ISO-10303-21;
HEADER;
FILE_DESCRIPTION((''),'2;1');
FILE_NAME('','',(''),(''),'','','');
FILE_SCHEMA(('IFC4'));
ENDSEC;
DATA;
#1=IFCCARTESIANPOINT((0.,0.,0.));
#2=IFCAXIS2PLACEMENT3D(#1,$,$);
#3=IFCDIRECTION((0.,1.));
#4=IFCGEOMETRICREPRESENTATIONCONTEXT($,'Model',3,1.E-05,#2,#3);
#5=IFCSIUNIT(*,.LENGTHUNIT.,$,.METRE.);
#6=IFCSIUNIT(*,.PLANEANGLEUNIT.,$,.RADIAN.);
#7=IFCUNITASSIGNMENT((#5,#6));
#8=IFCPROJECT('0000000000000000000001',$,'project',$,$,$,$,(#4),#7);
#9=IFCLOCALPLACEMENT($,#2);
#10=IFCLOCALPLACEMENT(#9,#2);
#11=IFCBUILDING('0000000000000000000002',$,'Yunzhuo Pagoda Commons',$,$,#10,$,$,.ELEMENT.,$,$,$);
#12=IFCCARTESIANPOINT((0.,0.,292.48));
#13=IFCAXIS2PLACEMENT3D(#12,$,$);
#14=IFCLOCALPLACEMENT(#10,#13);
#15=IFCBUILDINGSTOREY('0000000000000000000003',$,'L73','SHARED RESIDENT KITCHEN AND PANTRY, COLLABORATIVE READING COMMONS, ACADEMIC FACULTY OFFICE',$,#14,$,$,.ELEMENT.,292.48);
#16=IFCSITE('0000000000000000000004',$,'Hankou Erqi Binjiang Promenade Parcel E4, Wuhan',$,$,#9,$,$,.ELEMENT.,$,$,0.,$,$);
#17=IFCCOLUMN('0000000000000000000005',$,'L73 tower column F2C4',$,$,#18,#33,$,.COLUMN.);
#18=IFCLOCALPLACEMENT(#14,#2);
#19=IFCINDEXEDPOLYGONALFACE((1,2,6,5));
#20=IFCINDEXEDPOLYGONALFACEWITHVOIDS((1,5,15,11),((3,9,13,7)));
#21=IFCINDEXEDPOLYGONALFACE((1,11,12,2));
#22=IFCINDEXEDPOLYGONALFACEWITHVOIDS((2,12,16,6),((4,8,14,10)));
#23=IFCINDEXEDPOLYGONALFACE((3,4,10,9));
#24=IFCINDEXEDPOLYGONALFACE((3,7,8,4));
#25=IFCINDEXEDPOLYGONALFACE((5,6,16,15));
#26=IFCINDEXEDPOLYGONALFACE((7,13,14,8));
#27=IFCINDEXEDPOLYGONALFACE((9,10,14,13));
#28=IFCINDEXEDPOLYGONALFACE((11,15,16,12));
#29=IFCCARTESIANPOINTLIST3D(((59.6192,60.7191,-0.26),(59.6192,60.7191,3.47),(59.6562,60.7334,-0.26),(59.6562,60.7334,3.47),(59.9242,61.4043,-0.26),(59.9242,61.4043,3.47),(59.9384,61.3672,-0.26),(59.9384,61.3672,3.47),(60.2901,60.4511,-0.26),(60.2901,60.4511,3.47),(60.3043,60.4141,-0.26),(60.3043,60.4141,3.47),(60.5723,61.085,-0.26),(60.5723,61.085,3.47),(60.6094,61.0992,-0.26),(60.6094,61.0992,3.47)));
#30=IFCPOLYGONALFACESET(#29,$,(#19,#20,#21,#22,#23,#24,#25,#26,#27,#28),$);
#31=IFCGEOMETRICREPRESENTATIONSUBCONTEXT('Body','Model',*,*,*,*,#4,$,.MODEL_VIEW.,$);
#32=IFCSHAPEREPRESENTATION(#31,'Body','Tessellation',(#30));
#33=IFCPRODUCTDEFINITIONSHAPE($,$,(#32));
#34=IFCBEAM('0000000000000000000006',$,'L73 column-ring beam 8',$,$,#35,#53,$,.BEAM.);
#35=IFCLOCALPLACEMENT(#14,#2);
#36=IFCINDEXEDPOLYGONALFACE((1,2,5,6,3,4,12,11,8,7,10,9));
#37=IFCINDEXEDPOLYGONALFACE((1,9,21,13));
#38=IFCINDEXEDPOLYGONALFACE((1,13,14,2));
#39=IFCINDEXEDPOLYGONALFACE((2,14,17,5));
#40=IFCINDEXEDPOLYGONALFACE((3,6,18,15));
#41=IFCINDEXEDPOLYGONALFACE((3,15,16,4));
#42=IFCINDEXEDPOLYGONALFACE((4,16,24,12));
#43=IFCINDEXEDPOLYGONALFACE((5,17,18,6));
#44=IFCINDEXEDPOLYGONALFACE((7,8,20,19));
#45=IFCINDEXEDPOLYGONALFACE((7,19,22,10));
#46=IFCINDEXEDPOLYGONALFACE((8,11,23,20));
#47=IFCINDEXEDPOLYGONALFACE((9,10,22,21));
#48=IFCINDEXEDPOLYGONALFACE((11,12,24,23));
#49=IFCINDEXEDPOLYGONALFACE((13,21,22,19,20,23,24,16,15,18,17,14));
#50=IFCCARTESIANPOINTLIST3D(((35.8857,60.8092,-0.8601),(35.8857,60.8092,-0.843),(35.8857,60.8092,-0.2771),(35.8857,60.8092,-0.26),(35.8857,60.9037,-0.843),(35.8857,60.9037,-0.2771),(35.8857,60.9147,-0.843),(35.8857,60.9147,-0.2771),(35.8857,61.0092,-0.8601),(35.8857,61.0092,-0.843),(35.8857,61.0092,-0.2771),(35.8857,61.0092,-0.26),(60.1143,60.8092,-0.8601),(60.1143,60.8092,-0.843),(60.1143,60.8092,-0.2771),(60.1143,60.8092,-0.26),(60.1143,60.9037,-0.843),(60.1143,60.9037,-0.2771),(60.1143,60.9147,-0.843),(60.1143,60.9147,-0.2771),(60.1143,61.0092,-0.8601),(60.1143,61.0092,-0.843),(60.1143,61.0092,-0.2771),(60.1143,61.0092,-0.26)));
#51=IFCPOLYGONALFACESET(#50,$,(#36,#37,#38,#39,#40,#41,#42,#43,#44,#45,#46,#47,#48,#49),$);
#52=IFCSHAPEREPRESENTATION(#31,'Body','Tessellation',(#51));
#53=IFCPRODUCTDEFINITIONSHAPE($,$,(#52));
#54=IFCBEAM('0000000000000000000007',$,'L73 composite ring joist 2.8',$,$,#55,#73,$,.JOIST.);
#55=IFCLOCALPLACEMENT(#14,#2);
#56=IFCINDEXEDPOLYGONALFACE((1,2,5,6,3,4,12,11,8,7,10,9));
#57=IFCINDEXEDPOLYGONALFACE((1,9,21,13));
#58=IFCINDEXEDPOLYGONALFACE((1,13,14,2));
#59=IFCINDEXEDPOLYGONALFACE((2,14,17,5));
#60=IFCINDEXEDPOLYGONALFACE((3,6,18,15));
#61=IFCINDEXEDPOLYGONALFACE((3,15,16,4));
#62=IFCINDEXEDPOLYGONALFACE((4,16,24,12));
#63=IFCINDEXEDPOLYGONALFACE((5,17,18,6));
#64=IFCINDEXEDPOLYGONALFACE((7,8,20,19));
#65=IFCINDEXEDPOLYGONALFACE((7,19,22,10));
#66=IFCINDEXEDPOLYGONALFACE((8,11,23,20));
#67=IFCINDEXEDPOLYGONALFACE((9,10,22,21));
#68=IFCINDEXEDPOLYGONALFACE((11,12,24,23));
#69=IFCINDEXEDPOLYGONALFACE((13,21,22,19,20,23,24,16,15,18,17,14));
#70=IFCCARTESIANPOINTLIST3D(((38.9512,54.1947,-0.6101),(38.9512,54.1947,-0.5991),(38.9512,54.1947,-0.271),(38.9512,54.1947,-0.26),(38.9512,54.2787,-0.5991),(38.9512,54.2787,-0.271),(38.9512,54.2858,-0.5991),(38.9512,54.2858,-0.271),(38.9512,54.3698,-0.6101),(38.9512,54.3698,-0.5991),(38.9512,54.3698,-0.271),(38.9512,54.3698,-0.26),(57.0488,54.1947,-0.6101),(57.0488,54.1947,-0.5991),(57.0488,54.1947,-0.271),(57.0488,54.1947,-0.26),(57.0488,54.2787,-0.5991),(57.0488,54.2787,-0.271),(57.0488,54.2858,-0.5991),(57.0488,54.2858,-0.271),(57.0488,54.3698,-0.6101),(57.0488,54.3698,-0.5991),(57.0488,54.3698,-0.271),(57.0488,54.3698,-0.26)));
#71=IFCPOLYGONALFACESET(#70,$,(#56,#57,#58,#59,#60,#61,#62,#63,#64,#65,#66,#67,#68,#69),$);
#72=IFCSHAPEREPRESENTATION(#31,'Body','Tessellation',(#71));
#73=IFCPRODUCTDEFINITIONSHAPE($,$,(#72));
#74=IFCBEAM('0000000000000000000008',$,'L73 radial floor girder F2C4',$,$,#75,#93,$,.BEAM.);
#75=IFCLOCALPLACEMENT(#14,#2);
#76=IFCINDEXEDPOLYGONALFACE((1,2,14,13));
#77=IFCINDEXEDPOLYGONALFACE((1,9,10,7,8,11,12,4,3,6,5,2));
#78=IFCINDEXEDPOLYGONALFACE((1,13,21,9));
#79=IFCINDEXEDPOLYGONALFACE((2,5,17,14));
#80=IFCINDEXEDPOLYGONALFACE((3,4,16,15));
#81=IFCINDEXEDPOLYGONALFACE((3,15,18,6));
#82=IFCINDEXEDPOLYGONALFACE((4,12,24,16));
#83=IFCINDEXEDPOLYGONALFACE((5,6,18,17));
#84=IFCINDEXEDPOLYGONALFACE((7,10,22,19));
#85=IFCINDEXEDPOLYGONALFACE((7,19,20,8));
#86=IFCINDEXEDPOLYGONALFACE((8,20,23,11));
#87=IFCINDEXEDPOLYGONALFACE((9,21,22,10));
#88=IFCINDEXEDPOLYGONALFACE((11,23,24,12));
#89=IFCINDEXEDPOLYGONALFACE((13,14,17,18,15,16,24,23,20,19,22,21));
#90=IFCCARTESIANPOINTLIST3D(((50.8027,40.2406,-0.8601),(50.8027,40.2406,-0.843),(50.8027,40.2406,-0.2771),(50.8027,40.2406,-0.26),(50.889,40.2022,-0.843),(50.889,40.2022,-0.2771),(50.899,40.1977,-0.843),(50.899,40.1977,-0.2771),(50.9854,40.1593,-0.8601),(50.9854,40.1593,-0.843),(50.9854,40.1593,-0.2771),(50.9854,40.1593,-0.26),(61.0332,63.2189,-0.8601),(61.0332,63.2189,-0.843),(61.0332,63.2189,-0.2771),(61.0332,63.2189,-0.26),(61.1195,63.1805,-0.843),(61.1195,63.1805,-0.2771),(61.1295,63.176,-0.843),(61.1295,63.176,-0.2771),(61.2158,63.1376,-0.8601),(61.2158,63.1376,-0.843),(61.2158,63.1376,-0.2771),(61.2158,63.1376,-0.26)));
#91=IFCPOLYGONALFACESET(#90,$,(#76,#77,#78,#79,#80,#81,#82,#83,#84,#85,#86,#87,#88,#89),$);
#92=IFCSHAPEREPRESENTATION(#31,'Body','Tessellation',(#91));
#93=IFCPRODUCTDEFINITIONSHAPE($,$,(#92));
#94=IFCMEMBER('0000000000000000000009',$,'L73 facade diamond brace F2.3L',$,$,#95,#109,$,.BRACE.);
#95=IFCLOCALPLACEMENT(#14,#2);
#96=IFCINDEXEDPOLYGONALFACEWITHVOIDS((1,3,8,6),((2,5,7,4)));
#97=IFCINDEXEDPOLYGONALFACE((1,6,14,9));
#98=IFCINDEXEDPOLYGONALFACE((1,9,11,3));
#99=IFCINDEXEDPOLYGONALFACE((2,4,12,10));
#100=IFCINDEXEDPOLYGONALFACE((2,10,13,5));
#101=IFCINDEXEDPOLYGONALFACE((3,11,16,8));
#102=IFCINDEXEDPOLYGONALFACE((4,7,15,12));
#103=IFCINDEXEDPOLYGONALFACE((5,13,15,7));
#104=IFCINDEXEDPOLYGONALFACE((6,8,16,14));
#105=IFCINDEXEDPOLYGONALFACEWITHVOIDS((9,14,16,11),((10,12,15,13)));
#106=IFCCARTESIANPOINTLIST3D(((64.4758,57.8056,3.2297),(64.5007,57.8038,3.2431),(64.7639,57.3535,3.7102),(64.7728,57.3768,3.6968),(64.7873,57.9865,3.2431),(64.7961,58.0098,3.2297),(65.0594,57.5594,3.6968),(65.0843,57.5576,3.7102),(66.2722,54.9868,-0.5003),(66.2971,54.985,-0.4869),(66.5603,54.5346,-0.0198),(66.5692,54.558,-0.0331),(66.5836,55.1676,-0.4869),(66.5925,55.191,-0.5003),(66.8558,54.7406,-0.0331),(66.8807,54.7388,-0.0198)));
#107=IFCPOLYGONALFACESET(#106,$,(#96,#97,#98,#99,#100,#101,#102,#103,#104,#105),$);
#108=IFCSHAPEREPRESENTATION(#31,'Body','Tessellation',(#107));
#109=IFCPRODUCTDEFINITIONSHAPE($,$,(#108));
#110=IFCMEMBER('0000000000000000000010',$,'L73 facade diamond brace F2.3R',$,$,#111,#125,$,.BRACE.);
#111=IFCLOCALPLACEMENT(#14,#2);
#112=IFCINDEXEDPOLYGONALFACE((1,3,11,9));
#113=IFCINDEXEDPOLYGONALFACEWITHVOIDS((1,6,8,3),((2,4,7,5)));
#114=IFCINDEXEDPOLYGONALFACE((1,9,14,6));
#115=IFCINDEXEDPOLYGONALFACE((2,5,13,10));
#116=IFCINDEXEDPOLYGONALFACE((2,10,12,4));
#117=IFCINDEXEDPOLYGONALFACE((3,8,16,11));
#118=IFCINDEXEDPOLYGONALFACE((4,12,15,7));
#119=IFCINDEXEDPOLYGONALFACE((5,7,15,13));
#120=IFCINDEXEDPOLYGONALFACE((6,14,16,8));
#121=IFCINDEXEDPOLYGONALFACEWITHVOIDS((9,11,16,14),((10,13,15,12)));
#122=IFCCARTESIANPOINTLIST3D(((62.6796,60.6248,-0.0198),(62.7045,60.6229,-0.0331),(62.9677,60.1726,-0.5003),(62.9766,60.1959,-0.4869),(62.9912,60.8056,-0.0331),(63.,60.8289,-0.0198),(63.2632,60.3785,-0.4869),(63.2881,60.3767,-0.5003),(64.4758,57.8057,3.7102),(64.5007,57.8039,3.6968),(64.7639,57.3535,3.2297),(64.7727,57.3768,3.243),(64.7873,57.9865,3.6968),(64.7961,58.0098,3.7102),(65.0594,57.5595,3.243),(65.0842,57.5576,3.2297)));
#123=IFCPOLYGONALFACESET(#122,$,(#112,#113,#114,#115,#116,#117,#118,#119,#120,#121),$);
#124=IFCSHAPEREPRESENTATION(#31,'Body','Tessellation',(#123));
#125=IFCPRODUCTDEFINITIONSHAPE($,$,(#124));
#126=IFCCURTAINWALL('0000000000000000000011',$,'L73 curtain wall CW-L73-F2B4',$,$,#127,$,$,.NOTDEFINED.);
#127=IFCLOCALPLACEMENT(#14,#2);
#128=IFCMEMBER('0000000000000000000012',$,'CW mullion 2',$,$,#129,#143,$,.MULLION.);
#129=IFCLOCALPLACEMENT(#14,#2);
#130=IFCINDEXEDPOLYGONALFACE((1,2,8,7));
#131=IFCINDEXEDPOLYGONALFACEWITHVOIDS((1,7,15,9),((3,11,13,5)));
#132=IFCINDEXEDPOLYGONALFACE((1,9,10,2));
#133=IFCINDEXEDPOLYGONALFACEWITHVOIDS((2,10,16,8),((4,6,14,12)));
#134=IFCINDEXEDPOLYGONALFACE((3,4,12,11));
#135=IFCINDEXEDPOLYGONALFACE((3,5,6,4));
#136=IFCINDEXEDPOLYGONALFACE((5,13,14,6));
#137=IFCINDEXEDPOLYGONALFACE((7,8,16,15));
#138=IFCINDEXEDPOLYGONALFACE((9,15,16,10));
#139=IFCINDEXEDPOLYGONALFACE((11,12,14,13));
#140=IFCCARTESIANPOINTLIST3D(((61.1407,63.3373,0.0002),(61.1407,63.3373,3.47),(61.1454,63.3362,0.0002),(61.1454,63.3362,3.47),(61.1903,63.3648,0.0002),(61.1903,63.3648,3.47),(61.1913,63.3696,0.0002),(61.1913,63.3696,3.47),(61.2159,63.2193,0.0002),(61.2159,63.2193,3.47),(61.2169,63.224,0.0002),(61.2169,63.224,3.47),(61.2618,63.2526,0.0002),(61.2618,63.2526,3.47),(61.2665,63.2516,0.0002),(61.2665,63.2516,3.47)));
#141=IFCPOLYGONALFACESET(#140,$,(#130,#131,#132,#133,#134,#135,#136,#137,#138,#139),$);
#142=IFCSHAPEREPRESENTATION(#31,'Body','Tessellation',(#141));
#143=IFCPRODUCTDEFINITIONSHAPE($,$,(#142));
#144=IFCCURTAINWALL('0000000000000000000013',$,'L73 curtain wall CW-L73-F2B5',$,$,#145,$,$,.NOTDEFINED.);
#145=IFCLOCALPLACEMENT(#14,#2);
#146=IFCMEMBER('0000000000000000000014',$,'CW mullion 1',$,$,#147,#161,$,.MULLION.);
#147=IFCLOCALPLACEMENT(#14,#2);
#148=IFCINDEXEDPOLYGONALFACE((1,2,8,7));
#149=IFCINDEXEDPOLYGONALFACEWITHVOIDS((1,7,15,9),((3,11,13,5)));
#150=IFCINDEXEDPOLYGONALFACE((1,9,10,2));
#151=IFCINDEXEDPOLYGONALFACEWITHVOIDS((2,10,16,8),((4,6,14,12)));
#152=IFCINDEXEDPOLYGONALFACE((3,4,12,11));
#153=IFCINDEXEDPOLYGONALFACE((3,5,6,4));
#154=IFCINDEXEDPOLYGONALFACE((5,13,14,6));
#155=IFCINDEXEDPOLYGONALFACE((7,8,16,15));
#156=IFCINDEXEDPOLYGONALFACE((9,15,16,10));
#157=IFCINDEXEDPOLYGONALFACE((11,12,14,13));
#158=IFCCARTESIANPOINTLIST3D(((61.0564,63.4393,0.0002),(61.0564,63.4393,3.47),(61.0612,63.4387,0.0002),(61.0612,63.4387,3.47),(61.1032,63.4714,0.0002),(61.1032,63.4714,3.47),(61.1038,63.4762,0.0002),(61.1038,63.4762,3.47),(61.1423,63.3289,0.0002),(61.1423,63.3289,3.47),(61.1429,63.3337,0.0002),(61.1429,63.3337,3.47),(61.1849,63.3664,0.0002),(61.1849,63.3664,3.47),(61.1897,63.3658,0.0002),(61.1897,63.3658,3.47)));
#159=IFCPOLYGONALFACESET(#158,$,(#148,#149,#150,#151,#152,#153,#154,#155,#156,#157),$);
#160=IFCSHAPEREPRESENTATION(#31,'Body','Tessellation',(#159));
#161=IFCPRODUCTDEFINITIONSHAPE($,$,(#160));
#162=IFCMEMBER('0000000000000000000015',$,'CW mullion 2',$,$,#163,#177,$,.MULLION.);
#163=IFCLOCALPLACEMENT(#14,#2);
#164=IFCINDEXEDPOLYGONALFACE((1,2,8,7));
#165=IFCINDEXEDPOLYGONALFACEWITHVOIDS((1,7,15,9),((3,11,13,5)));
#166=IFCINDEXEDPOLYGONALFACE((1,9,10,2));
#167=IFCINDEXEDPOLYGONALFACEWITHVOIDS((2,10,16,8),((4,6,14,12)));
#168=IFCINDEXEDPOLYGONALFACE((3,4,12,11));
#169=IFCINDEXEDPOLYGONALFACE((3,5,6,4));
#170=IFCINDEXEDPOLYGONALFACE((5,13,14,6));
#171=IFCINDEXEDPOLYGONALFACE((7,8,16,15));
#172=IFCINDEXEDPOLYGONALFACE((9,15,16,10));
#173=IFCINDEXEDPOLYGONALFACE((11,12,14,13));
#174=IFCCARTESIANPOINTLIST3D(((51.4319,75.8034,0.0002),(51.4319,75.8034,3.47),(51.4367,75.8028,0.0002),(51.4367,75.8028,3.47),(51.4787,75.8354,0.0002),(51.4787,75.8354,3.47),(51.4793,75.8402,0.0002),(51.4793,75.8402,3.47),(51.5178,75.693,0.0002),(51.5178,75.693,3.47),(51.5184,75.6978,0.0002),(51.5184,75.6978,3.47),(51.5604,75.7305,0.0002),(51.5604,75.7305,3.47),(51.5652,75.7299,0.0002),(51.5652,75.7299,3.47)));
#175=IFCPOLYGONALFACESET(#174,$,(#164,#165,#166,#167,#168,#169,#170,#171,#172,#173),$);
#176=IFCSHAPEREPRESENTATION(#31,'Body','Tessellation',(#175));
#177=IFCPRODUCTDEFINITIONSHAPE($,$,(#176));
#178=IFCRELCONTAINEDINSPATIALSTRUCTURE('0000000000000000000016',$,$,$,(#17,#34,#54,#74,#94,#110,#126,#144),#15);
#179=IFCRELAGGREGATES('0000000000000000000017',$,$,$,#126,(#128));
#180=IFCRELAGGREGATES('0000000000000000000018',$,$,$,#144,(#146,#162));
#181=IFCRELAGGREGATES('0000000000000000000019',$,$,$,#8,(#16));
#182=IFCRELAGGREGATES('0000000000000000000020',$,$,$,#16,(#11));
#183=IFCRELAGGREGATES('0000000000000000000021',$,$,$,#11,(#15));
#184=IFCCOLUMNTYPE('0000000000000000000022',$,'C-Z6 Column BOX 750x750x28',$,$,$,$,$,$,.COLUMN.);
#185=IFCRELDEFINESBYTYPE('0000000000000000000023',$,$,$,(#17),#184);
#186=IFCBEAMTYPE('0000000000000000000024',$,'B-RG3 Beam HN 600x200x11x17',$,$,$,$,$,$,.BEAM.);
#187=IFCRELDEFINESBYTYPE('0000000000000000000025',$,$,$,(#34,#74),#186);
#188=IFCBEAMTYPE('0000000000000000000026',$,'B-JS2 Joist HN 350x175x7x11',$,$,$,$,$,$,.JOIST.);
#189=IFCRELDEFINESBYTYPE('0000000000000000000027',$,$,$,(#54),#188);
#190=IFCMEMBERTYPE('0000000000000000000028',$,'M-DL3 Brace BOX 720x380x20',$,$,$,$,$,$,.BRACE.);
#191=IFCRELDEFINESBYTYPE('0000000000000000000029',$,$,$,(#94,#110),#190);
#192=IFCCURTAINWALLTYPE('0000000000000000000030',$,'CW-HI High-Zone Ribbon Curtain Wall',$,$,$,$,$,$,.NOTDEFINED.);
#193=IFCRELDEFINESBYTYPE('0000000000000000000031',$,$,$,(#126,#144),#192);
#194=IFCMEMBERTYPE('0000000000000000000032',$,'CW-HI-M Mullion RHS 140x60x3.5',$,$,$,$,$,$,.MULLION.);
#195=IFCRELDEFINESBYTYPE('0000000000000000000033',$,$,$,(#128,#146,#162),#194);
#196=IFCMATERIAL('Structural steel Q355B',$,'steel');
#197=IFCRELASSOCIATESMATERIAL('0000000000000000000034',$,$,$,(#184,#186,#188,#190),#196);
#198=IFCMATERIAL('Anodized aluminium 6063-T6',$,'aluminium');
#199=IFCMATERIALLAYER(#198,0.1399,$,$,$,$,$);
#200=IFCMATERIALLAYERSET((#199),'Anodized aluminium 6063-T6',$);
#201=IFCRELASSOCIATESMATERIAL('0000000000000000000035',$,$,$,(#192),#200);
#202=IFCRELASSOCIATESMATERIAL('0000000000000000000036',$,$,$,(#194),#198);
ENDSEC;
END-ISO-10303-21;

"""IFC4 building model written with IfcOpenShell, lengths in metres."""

from ifc_helpers import new_model, si_unit, direction, frame, origin, origin_2d, place, context, subcontext, project, spatial, hollow_rectangle, i_section, extrude, source, transform, mapped, material, layer, layer_set, material_profile, profile_set, type_object, element, aggregate, save


model = new_model("IFC4")

# Units and contexts
model_context = context("Model", 3, precision=1e-05, world=origin(), true_north=direction((0.0, 1.0)))
body_context = subcontext(model_context, "Body", "Model", "MODEL_VIEW")
ifc_project = project(units=[si_unit("LENGTHUNIT", "METRE"), si_unit("PLANEANGLEUNIT", "RADIAN")], contexts=[model_context])

# Site, building, storey
site_placement = place(None, origin())
site = spatial("IfcSite", under=ifc_project, at=site_placement, Name="Hankou Erqi Binjiang Promenade Parcel E4, Wuhan", CompositionType="ELEMENT", RefElevation=0.0)
building_placement = place(site_placement, origin())
building = spatial("IfcBuilding", under=site, at=building_placement, Name="Yunzhuo Pagoda Commons", CompositionType="ELEMENT")
storey_placement = place(building_placement, frame((0.0, 0.0, 292.48)))
storey = spatial("IfcBuildingStorey", under=building, at=storey_placement, Name="L73", Description="SHARED RESIDENT KITCHEN AND PANTRY, COLLABORATIVE READING COMMONS, ACADEMIC FACULTY OFFICE", CompositionType="ELEMENT", Elevation=292.48)

# Column
ifc_material_1 = material(Name="Structural steel Q355B", Category="steel")
ifc_material_profile_1 = material_profile(ifc_material_1, hollow_rectangle(XDim=0.75, YDim=0.75, WallThickness=0.0281, at=origin_2d()), Name="Structural steel Q355B")
ifc_profile_set_1 = profile_set([ifc_material_profile_1], Name="Structural steel Q355B")
column_type = type_object("IfcColumnType", Name="C-Z6 Column BOX 750x750x28", PredefinedType="COLUMN", material=ifc_profile_set_1)
shared_shape_1 = source(origin(), body_context, "Body", "SweptSolid", [
    extrude(hollow_rectangle(XDim=0.75, YDim=0.75, WallThickness=0.0281, at=origin_2d()), origin(), (0.0, 0.0, 1.0), 3.73),
])
column_placement = place(storey_placement, frame((60.1143, 60.9092, -0.26), z_axis=(0.0, 0.0, 1.0), x_axis=(-0.913545, 0.406737, 0.0)))
element("IfcColumn", 1, at=column_placement, inside=storey, type_object=column_type, Name="L73 tower column F2C4", PredefinedType="COLUMN", context=body_context, shape_type="MappedRepresentation", body=[
    mapped(shared_shape_1, transform((0.0, 0.0, 0.0), scale=1.0)),
])

# Beams
ifc_material_profile_2 = material_profile(ifc_material_1, i_section(OverallWidth=0.2, OverallDepth=0.6001, WebThickness=0.011, FlangeThickness=0.0171, at=origin_2d()), Name="Structural steel Q355B")
ifc_profile_set_2 = profile_set([ifc_material_profile_2], Name="Structural steel Q355B")
beam_type_1 = type_object("IfcBeamType", Name="B-RG3 Beam HN 600x200x11x17", PredefinedType="BEAM", material=ifc_profile_set_2)
shared_shape_2 = source(origin(), body_context, "Body", "SweptSolid", [
    extrude(i_section(OverallWidth=0.2, OverallDepth=0.6001, WebThickness=0.011, FlangeThickness=0.0171, at=origin_2d()), origin(), (0.0, 0.0, 1.0), 24.2285),
])
beam_1_placement = place(storey_placement, frame((60.1143, 60.9092, -0.5601), z_axis=(-1.0, 0.0, 0.0), x_axis=(0.0, -1.0, 0.0)))
element("IfcBeam", 2, at=beam_1_placement, inside=storey, type_object=beam_type_1, Name="L73 column-ring beam 8", PredefinedType="BEAM", context=body_context, shape_type="MappedRepresentation", body=[
    mapped(shared_shape_2, transform((0.0, 0.0, 0.0), scale=1.0)),
])
ifc_material_profile_3 = material_profile(ifc_material_1, i_section(OverallWidth=0.175, OverallDepth=0.3501, WebThickness=0.0071, FlangeThickness=0.011, at=origin_2d()), Name="Structural steel Q355B")
ifc_profile_set_3 = profile_set([ifc_material_profile_3], Name="Structural steel Q355B")
beam_type_2 = type_object("IfcBeamType", Name="B-JS2 Joist HN 350x175x7x11", PredefinedType="JOIST", material=ifc_profile_set_3)
shared_shape_3 = source(origin(), body_context, "Body", "SweptSolid", [
    extrude(i_section(OverallWidth=0.175, OverallDepth=0.3501, WebThickness=0.0071, FlangeThickness=0.011, at=origin_2d()), origin(), (0.0, 0.0, 1.0), 18.0977),
])
beam_2_placement = place(storey_placement, frame((57.0488, 54.2822, -0.4351), z_axis=(-1.0, 0.0, 0.0), x_axis=(0.0, -1.0, 0.0)))
element("IfcBeam", 3, at=beam_2_placement, inside=storey, type_object=beam_type_2, Name="L73 composite ring joist 2.8", PredefinedType="JOIST", context=body_context, shape_type="MappedRepresentation", body=[
    mapped(shared_shape_3, transform((0.0, 0.0, 0.0), scale=1.0)),
])
shared_shape_4 = source(origin(), body_context, "Body", "SweptSolid", [
    extrude(i_section(OverallWidth=0.2, OverallDepth=0.6001, WebThickness=0.011, FlangeThickness=0.0171, at=origin_2d()), origin(), (0.0, 0.0, 1.0), 25.1528),
])
beam_3_placement = place(storey_placement, frame((61.1245, 63.1782, -0.5601), z_axis=(-0.406733, -0.913547, 0.0), x_axis=(0.913547, -0.406733, 0.0)))
element("IfcBeam", 4, at=beam_3_placement, inside=storey, type_object=beam_type_1, Name="L73 radial floor girder F2C4", PredefinedType="BEAM", context=body_context, shape_type="MappedRepresentation", body=[
    mapped(shared_shape_4, transform((0.0, 0.0, 0.0), scale=1.0)),
])

# Members
ifc_material_profile_4 = material_profile(ifc_material_1, hollow_rectangle(XDim=0.3799, YDim=0.72, WallThickness=0.02, at=origin_2d()), Name="Structural steel Q355B")
ifc_profile_set_4 = profile_set([ifc_material_profile_4], Name="Structural steel Q355B")
member_type_1 = type_object("IfcMemberType", Name="M-DL3 Brace BOX 720x380x20", PredefinedType="BRACE", material=ifc_profile_set_4)
shared_shape_5 = source(origin(), body_context, "Body", "SweptSolid", [
    extrude(hollow_rectangle(XDim=0.3799, YDim=0.72, WallThickness=0.02, at=origin_2d()), origin(), (0.0, 0.0, 1.0), 5.0085),
])
for number, where, z_axis, x_axis, name in (
    (5, (66.5764, 54.8628, -0.26), (-0.358663, 0.562806, 0.744721), (-0.843312, -0.537424, 0.0), "L73 facade diamond brace F2.3L"),
    (6, (62.9839, 60.5007, -0.26), (0.358611, -0.562849, 0.744714), (0.843367, 0.537339, 0.0), "L73 facade diamond brace F2.3R"),
):
    element("IfcMember", number, at=place(storey_placement, frame(where, z_axis=z_axis, x_axis=x_axis)), inside=storey, type_object=member_type_1, Name=name, PredefinedType="BRACE", context=body_context, shape_type="MappedRepresentation", body=[
        mapped(shared_shape_5, transform((0.0, 0.0, 0.0), scale=1.0)),
    ])

# Curtain wall, member
ifc_material_2 = material(Name="Anodized aluminium 6063-T6", Category="aluminium")
ifc_layer_1 = layer(ifc_material_2, 0.1399)
ifc_layer_set_1 = layer_set([ifc_layer_1], Name="Anodized aluminium 6063-T6")
curtain_wall_type = type_object("IfcCurtainWallType", Name="CW-HI High-Zone Ribbon Curtain Wall", PredefinedType="NOTDEFINED", material=ifc_layer_set_1)
curtain_wall_1_placement = place(storey_placement, origin())
curtain_wall_1 = element("IfcCurtainWall", 7, at=curtain_wall_1_placement, inside=storey, type_object=curtain_wall_type, Name="L73 curtain wall CW-L73-F2B4", PredefinedType="NOTDEFINED")
ifc_material_profile_5 = material_profile(ifc_material_2, hollow_rectangle(XDim=0.0601, YDim=0.1399, WallThickness=0.0034, at=origin_2d()), Name="Anodized aluminium 6063-T6")
ifc_profile_set_5 = profile_set([ifc_material_profile_5], Name="Anodized aluminium 6063-T6")
member_type_2 = type_object("IfcMemberType", Name="CW-HI-M Mullion RHS 140x60x3.5", PredefinedType="MULLION", material=ifc_profile_set_5)
shared_shape_6 = source(origin(), body_context, "Body", "SweptSolid", [
    extrude(hollow_rectangle(XDim=0.0601, YDim=0.1399, WallThickness=0.0034, at=origin_2d()), origin(), (0.0, 0.0, 1.0), 3.4697),
])
member_1_placement = place(storey_placement, frame((61.2036, 63.2944, 0.0002), z_axis=(0.0, 0.0, 1.0), x_axis=(-0.84333, -0.537397, 0.0)))
member_1 = element("IfcMember", 8, at=member_1_placement, type_object=member_type_2, Name="CW mullion 2", PredefinedType="MULLION", context=body_context, shape_type="MappedRepresentation", body=[
    mapped(shared_shape_6, transform((0.0, 0.0, 0.0), scale=1.0)),
])

# Curtain wall, members
curtain_wall_2_placement = place(storey_placement, origin())
curtain_wall_2 = element("IfcCurtainWall", 9, at=curtain_wall_2_placement, inside=storey, type_object=curtain_wall_type, Name="L73 curtain wall CW-L73-F2B5", PredefinedType="NOTDEFINED")
member_2_placement = place(storey_placement, frame((61.123, 63.4026, 0.0002), z_axis=(0.0, 0.0, 1.0), x_axis=(-0.789103, -0.614261, 0.0)))
member_2 = element("IfcMember", 10, at=member_2_placement, type_object=member_type_2, Name="CW mullion 1", PredefinedType="MULLION", context=body_context, shape_type="MappedRepresentation", body=[
    mapped(shared_shape_6, transform((0.0, 0.0, 0.0), scale=1.0)),
])
member_3_placement = place(storey_placement, frame((51.4985, 75.7666, 0.0002), z_axis=(0.0, 0.0, 1.0), x_axis=(-0.789103, -0.614261, 0.0)))
member_3 = element("IfcMember", 11, at=member_3_placement, type_object=member_type_2, Name="CW mullion 2", PredefinedType="MULLION", context=body_context, shape_type="MappedRepresentation", body=[
    mapped(shared_shape_6, transform((0.0, 0.0, 0.0), scale=1.0)),
])

aggregate(curtain_wall_1, [member_1])
aggregate(curtain_wall_2, [member_2, member_3])

save(model, "model.ifc")
